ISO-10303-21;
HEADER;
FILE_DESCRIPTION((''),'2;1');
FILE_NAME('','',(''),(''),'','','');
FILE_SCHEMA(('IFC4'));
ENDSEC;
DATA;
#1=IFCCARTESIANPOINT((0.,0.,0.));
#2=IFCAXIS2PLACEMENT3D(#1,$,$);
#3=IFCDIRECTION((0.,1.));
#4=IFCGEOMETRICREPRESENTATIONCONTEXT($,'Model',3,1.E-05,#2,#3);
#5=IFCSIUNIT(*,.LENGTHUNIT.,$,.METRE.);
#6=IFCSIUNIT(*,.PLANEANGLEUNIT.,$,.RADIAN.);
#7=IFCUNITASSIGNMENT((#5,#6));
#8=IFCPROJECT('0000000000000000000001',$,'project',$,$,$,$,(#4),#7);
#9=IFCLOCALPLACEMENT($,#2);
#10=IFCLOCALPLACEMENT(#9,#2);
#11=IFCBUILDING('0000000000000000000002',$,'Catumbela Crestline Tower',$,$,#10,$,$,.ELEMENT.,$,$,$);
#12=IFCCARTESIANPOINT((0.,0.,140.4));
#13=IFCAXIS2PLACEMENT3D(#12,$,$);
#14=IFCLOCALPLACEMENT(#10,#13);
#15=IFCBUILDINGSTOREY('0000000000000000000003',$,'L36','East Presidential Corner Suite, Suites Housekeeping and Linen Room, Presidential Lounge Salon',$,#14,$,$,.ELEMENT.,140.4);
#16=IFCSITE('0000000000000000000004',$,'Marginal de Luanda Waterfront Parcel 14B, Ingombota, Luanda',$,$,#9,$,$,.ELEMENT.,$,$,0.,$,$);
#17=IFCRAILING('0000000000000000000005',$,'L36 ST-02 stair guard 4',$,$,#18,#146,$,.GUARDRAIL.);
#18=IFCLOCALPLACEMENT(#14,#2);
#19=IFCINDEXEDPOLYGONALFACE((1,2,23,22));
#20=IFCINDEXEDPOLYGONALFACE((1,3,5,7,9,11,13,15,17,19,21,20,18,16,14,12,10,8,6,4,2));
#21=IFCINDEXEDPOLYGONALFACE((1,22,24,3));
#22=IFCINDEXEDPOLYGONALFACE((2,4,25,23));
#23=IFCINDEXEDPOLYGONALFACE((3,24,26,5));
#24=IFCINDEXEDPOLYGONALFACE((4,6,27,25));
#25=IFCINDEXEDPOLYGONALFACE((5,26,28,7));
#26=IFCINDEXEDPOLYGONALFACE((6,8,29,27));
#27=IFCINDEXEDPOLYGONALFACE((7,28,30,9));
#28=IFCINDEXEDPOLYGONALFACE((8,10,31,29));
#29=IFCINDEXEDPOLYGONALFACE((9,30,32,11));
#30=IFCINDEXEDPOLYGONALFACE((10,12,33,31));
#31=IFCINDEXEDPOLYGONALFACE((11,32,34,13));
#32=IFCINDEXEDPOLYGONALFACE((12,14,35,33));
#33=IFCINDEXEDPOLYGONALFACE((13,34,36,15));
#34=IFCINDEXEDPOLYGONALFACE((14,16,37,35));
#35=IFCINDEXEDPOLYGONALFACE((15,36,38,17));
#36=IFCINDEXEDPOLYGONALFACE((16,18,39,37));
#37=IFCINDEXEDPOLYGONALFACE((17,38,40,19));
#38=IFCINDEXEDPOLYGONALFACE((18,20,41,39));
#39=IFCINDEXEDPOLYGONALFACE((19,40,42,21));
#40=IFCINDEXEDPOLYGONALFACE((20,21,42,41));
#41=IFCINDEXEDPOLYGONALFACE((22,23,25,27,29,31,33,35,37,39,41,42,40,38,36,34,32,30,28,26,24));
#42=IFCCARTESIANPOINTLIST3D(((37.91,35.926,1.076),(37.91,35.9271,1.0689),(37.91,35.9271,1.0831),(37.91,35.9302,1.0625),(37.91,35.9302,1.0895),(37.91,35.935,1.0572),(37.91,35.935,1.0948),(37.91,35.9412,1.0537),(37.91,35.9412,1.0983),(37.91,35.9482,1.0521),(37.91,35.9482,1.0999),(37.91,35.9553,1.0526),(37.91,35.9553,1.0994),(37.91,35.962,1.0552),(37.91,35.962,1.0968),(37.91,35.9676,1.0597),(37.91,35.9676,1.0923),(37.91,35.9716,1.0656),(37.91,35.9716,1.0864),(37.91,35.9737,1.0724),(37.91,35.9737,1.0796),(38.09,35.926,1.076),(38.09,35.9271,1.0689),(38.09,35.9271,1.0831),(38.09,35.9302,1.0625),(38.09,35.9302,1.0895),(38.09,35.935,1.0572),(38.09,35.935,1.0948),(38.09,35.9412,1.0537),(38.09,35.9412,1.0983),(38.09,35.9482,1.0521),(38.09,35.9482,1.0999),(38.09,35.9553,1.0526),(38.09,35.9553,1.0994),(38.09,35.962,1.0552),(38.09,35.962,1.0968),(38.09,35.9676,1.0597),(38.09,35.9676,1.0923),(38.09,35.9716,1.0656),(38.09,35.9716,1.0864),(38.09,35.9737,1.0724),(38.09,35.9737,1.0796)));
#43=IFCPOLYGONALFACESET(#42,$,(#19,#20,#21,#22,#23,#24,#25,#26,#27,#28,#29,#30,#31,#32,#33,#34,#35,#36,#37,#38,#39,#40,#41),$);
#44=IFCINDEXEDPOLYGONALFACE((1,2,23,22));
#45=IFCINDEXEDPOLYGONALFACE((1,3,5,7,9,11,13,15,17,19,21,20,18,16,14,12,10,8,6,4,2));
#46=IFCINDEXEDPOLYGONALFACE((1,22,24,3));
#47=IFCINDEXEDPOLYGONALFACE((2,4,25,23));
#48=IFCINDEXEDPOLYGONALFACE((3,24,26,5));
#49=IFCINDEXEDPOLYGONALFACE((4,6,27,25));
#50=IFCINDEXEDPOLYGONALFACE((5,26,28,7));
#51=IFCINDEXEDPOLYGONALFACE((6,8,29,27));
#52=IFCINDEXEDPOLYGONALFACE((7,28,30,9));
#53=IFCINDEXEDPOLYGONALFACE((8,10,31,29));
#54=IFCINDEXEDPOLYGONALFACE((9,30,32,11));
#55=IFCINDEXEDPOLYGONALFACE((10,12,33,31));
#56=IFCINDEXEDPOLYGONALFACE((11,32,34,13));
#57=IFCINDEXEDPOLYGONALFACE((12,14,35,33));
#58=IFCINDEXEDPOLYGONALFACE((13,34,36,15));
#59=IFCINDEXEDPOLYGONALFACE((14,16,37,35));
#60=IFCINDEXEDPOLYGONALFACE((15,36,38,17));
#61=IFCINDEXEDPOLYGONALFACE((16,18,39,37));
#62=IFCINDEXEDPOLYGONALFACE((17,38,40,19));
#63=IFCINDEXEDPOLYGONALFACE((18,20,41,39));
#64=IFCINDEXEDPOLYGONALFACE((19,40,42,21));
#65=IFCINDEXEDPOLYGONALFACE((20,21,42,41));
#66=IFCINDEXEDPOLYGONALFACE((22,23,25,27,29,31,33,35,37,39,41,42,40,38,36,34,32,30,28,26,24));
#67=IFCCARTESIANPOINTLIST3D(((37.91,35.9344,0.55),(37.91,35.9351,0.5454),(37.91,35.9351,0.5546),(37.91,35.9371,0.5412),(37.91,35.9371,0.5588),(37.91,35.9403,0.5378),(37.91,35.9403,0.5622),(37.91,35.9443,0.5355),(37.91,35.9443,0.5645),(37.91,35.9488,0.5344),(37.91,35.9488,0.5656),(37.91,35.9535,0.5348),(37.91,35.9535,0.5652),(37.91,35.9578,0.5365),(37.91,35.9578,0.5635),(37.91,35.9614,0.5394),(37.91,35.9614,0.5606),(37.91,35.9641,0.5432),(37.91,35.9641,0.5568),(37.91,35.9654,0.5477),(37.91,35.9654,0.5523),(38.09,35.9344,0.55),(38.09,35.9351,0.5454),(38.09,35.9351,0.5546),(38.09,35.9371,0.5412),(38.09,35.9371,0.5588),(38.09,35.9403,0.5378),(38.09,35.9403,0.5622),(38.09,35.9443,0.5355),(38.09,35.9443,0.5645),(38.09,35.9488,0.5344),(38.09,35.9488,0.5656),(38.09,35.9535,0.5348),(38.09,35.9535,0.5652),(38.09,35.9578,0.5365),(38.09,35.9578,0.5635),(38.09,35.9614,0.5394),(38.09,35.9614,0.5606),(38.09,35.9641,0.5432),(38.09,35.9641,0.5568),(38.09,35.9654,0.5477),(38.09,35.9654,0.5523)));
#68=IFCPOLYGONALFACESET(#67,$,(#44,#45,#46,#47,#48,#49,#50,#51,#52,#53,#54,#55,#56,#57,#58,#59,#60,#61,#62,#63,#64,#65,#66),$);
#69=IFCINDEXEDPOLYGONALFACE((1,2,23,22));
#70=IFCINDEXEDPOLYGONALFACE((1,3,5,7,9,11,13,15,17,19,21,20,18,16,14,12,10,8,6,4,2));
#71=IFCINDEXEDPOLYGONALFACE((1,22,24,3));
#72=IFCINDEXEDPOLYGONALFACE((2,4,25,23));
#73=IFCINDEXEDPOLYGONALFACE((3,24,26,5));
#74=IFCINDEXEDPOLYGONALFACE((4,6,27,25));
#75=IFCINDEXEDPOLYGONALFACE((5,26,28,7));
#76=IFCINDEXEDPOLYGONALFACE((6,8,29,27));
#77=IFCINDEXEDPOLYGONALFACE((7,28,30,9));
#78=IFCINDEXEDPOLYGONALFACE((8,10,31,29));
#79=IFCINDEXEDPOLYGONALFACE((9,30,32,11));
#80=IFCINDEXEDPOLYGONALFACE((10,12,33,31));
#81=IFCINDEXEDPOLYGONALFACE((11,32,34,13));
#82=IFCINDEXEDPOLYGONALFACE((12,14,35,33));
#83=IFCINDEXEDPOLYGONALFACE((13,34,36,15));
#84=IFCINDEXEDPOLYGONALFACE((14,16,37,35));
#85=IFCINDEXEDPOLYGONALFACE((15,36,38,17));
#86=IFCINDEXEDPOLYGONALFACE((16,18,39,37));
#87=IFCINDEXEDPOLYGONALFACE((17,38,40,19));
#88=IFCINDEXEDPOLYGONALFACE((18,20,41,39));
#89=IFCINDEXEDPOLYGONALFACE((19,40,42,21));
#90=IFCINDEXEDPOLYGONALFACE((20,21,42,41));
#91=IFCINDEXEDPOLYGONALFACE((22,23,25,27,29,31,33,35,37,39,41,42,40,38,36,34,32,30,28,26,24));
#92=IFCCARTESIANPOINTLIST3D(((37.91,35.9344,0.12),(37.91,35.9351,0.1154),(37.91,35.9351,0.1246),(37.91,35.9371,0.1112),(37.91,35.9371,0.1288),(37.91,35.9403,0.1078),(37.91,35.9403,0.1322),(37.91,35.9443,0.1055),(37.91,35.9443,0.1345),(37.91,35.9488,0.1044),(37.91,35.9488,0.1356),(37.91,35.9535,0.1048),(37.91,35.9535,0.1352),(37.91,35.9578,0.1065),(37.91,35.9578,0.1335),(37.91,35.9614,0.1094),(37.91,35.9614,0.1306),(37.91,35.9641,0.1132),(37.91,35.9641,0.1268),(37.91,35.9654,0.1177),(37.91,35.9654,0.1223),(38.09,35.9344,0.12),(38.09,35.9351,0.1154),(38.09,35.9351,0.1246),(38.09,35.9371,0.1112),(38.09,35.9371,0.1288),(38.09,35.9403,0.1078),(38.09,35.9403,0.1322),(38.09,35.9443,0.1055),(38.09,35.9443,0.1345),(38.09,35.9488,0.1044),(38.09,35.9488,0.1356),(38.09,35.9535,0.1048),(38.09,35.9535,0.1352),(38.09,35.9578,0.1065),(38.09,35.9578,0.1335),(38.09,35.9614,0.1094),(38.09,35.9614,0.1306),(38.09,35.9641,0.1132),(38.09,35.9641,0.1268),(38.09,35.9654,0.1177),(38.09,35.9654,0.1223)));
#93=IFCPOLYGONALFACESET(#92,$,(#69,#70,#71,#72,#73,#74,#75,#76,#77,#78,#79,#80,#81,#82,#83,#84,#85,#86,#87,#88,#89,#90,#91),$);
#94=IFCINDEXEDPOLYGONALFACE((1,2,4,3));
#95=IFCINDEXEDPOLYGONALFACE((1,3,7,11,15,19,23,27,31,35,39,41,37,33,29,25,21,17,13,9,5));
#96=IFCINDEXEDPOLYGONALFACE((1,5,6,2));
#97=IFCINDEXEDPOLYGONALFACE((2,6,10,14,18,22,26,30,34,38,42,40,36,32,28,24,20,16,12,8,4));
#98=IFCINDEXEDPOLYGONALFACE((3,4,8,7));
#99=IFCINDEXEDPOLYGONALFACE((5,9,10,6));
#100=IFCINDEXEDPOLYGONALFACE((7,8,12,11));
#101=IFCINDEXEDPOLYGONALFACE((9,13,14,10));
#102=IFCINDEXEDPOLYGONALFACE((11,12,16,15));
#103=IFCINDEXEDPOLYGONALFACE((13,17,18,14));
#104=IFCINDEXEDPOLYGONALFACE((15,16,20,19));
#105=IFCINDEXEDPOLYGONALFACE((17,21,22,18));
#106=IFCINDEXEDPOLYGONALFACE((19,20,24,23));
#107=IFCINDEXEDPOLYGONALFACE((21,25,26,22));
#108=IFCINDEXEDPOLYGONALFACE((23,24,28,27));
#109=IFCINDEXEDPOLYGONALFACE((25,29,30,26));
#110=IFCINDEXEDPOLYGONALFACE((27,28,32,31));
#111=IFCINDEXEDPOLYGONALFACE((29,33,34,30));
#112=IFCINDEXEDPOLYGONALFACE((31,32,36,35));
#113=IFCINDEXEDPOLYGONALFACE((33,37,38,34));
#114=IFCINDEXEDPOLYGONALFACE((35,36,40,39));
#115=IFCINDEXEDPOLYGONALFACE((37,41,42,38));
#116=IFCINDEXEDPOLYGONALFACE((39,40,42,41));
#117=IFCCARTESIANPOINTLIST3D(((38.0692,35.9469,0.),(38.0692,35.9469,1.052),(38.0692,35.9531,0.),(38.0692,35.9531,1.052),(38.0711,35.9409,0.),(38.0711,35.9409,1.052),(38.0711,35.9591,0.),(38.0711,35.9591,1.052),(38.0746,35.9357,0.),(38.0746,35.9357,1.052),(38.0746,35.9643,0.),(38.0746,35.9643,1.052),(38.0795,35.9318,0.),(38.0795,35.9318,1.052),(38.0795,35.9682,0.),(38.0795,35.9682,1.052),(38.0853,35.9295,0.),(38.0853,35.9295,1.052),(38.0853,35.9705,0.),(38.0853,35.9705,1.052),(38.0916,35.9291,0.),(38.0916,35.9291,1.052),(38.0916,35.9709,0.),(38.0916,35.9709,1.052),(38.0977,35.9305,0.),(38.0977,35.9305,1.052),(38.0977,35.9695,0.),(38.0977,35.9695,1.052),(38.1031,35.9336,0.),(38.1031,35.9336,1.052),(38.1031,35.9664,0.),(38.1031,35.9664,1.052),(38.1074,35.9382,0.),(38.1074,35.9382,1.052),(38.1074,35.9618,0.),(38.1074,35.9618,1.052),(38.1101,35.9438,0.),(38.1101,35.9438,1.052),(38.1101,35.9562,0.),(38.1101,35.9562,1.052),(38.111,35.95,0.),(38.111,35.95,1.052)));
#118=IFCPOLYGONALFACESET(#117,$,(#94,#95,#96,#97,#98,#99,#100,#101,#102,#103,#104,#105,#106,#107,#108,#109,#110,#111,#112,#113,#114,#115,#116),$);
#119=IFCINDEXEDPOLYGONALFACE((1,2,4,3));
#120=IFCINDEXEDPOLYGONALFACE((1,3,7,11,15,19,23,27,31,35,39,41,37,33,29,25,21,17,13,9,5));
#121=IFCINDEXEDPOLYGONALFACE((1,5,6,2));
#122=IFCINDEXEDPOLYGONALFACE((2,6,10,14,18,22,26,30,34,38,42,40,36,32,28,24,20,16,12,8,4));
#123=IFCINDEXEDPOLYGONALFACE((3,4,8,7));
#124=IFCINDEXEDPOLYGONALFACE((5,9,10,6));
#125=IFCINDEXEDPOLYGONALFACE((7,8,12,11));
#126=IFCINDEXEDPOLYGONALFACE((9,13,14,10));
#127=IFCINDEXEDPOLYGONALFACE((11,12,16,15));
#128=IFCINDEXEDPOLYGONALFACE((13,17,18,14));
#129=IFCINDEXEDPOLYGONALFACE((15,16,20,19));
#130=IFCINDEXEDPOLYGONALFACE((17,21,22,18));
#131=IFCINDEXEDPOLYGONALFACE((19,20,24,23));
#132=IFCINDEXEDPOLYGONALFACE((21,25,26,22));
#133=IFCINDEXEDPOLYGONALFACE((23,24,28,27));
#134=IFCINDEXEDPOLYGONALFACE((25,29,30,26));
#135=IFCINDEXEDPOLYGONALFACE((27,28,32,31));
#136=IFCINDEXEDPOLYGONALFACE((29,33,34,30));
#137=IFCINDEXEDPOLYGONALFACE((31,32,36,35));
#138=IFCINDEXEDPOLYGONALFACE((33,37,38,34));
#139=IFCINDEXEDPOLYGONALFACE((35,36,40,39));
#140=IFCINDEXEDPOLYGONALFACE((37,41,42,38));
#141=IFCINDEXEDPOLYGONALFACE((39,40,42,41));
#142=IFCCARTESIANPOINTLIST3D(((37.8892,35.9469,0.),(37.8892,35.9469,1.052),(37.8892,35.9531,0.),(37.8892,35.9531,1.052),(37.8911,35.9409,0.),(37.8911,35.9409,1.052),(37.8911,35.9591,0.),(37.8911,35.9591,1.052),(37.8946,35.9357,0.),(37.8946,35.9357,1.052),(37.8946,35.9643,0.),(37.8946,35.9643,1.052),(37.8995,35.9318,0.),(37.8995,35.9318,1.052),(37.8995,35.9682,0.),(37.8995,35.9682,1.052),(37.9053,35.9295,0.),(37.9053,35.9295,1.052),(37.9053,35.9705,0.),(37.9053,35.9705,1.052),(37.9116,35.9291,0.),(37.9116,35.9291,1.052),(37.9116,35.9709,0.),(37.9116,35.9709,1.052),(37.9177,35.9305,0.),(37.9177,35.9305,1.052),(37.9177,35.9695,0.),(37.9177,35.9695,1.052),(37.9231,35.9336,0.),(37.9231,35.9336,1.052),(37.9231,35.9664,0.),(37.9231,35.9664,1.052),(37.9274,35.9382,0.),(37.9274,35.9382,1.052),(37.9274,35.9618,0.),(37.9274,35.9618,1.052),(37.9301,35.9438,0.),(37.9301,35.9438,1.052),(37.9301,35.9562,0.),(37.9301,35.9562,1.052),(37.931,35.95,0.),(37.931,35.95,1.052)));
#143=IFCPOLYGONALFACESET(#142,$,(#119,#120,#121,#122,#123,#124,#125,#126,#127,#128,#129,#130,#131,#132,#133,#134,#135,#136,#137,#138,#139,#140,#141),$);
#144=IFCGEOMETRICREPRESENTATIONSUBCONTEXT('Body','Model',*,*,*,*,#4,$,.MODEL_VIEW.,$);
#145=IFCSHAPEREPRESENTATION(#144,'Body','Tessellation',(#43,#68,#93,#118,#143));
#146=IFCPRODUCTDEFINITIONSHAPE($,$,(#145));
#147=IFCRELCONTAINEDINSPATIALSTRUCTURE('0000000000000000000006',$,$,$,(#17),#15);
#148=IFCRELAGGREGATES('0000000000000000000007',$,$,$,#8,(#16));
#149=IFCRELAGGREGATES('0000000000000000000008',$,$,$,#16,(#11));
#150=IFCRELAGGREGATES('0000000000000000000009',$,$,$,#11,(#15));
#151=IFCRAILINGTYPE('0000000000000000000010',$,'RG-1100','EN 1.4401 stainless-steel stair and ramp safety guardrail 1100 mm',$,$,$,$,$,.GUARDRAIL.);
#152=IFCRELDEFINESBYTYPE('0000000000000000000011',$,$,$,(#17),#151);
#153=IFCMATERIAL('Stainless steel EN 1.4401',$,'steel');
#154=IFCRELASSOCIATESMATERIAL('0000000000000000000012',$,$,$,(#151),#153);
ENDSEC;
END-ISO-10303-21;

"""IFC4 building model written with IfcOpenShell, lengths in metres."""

from ifc_helpers import new_model, si_unit, direction, frame, origin, origin_2d, place, context, subcontext, project, spatial, circle, extrude, material, type_object, element, save


model = new_model("IFC4")

# Units and contexts
model_context = context("Model", 3, precision=1e-05, world=origin(), true_north=direction((0.0, 1.0)))
body_context = subcontext(model_context, "Body", "Model", "MODEL_VIEW")
ifc_project = project(units=[si_unit("LENGTHUNIT", "METRE"), si_unit("PLANEANGLEUNIT", "RADIAN")], contexts=[model_context])

# Site, building, storey
site_placement = place(None, origin())
site = spatial("IfcSite", under=ifc_project, at=site_placement, Name="Marginal de Luanda Waterfront Parcel 14B, Ingombota, Luanda", CompositionType="ELEMENT", RefElevation=0.0)
building_placement = place(site_placement, origin())
building = spatial("IfcBuilding", under=site, at=building_placement, Name="Catumbela Crestline Tower", CompositionType="ELEMENT")
storey_placement = place(building_placement, frame((0.0, 0.0, 140.4)))
storey = spatial("IfcBuildingStorey", under=building, at=storey_placement, Name="L36", Description="East Presidential Corner Suite, Suites Housekeeping and Linen Room, Presidential Lounge Salon", CompositionType="ELEMENT", Elevation=140.4)

# Shared definitions
ifc_material_1 = material(Name="Stainless steel EN 1.4401", Category="steel")

# Railing
railing_type_1 = type_object("IfcRailingType", Name="RG-1100", Description="EN 1.4401 stainless-steel stair and ramp safety guardrail 1100 mm", PredefinedType="GUARDRAIL", material=ifc_material_1)
railing_1_placement = place(storey_placement, frame((38.09, 35.95, 0.0)))
element("IfcRailing", 1, at=railing_1_placement, inside=storey, type_object=railing_type_1, Name="L36 ST-02 stair guard 4", PredefinedType="GUARDRAIL", context=body_context, shape_type="SweptSolid", body=[
    extrude(circle(Radius=0.024, at=origin_2d()), frame((0.0, 0.0, 1.076), z_axis=(-1.0, 0.0, 0.0), x_axis=(0.0, -1.0, 0.0)), (0.0, 0.0, 1.0), 0.18),
    extrude(circle(Radius=0.0156, at=origin_2d()), frame((0.0, 0.0, 0.55), z_axis=(-1.0, 0.0, 0.0), x_axis=(0.0, -1.0, 0.0)), (0.0, 0.0, 1.0), 0.18),
    extrude(circle(Radius=0.0156, at=origin_2d()), frame((0.0, 0.0, 0.12), z_axis=(-1.0, 0.0, 0.0), x_axis=(0.0, -1.0, 0.0)), (0.0, 0.0, 1.0), 0.18),
    extrude(circle(Radius=0.021, at=origin_2d()), origin(), (0.0, 0.0, 1.0), 1.052),
    extrude(circle(Radius=0.021, at=origin_2d()), frame((-0.18, 0.0, 0.0)), (0.0, 0.0, 1.0), 1.052),
])

save(model, "model.ifc")
